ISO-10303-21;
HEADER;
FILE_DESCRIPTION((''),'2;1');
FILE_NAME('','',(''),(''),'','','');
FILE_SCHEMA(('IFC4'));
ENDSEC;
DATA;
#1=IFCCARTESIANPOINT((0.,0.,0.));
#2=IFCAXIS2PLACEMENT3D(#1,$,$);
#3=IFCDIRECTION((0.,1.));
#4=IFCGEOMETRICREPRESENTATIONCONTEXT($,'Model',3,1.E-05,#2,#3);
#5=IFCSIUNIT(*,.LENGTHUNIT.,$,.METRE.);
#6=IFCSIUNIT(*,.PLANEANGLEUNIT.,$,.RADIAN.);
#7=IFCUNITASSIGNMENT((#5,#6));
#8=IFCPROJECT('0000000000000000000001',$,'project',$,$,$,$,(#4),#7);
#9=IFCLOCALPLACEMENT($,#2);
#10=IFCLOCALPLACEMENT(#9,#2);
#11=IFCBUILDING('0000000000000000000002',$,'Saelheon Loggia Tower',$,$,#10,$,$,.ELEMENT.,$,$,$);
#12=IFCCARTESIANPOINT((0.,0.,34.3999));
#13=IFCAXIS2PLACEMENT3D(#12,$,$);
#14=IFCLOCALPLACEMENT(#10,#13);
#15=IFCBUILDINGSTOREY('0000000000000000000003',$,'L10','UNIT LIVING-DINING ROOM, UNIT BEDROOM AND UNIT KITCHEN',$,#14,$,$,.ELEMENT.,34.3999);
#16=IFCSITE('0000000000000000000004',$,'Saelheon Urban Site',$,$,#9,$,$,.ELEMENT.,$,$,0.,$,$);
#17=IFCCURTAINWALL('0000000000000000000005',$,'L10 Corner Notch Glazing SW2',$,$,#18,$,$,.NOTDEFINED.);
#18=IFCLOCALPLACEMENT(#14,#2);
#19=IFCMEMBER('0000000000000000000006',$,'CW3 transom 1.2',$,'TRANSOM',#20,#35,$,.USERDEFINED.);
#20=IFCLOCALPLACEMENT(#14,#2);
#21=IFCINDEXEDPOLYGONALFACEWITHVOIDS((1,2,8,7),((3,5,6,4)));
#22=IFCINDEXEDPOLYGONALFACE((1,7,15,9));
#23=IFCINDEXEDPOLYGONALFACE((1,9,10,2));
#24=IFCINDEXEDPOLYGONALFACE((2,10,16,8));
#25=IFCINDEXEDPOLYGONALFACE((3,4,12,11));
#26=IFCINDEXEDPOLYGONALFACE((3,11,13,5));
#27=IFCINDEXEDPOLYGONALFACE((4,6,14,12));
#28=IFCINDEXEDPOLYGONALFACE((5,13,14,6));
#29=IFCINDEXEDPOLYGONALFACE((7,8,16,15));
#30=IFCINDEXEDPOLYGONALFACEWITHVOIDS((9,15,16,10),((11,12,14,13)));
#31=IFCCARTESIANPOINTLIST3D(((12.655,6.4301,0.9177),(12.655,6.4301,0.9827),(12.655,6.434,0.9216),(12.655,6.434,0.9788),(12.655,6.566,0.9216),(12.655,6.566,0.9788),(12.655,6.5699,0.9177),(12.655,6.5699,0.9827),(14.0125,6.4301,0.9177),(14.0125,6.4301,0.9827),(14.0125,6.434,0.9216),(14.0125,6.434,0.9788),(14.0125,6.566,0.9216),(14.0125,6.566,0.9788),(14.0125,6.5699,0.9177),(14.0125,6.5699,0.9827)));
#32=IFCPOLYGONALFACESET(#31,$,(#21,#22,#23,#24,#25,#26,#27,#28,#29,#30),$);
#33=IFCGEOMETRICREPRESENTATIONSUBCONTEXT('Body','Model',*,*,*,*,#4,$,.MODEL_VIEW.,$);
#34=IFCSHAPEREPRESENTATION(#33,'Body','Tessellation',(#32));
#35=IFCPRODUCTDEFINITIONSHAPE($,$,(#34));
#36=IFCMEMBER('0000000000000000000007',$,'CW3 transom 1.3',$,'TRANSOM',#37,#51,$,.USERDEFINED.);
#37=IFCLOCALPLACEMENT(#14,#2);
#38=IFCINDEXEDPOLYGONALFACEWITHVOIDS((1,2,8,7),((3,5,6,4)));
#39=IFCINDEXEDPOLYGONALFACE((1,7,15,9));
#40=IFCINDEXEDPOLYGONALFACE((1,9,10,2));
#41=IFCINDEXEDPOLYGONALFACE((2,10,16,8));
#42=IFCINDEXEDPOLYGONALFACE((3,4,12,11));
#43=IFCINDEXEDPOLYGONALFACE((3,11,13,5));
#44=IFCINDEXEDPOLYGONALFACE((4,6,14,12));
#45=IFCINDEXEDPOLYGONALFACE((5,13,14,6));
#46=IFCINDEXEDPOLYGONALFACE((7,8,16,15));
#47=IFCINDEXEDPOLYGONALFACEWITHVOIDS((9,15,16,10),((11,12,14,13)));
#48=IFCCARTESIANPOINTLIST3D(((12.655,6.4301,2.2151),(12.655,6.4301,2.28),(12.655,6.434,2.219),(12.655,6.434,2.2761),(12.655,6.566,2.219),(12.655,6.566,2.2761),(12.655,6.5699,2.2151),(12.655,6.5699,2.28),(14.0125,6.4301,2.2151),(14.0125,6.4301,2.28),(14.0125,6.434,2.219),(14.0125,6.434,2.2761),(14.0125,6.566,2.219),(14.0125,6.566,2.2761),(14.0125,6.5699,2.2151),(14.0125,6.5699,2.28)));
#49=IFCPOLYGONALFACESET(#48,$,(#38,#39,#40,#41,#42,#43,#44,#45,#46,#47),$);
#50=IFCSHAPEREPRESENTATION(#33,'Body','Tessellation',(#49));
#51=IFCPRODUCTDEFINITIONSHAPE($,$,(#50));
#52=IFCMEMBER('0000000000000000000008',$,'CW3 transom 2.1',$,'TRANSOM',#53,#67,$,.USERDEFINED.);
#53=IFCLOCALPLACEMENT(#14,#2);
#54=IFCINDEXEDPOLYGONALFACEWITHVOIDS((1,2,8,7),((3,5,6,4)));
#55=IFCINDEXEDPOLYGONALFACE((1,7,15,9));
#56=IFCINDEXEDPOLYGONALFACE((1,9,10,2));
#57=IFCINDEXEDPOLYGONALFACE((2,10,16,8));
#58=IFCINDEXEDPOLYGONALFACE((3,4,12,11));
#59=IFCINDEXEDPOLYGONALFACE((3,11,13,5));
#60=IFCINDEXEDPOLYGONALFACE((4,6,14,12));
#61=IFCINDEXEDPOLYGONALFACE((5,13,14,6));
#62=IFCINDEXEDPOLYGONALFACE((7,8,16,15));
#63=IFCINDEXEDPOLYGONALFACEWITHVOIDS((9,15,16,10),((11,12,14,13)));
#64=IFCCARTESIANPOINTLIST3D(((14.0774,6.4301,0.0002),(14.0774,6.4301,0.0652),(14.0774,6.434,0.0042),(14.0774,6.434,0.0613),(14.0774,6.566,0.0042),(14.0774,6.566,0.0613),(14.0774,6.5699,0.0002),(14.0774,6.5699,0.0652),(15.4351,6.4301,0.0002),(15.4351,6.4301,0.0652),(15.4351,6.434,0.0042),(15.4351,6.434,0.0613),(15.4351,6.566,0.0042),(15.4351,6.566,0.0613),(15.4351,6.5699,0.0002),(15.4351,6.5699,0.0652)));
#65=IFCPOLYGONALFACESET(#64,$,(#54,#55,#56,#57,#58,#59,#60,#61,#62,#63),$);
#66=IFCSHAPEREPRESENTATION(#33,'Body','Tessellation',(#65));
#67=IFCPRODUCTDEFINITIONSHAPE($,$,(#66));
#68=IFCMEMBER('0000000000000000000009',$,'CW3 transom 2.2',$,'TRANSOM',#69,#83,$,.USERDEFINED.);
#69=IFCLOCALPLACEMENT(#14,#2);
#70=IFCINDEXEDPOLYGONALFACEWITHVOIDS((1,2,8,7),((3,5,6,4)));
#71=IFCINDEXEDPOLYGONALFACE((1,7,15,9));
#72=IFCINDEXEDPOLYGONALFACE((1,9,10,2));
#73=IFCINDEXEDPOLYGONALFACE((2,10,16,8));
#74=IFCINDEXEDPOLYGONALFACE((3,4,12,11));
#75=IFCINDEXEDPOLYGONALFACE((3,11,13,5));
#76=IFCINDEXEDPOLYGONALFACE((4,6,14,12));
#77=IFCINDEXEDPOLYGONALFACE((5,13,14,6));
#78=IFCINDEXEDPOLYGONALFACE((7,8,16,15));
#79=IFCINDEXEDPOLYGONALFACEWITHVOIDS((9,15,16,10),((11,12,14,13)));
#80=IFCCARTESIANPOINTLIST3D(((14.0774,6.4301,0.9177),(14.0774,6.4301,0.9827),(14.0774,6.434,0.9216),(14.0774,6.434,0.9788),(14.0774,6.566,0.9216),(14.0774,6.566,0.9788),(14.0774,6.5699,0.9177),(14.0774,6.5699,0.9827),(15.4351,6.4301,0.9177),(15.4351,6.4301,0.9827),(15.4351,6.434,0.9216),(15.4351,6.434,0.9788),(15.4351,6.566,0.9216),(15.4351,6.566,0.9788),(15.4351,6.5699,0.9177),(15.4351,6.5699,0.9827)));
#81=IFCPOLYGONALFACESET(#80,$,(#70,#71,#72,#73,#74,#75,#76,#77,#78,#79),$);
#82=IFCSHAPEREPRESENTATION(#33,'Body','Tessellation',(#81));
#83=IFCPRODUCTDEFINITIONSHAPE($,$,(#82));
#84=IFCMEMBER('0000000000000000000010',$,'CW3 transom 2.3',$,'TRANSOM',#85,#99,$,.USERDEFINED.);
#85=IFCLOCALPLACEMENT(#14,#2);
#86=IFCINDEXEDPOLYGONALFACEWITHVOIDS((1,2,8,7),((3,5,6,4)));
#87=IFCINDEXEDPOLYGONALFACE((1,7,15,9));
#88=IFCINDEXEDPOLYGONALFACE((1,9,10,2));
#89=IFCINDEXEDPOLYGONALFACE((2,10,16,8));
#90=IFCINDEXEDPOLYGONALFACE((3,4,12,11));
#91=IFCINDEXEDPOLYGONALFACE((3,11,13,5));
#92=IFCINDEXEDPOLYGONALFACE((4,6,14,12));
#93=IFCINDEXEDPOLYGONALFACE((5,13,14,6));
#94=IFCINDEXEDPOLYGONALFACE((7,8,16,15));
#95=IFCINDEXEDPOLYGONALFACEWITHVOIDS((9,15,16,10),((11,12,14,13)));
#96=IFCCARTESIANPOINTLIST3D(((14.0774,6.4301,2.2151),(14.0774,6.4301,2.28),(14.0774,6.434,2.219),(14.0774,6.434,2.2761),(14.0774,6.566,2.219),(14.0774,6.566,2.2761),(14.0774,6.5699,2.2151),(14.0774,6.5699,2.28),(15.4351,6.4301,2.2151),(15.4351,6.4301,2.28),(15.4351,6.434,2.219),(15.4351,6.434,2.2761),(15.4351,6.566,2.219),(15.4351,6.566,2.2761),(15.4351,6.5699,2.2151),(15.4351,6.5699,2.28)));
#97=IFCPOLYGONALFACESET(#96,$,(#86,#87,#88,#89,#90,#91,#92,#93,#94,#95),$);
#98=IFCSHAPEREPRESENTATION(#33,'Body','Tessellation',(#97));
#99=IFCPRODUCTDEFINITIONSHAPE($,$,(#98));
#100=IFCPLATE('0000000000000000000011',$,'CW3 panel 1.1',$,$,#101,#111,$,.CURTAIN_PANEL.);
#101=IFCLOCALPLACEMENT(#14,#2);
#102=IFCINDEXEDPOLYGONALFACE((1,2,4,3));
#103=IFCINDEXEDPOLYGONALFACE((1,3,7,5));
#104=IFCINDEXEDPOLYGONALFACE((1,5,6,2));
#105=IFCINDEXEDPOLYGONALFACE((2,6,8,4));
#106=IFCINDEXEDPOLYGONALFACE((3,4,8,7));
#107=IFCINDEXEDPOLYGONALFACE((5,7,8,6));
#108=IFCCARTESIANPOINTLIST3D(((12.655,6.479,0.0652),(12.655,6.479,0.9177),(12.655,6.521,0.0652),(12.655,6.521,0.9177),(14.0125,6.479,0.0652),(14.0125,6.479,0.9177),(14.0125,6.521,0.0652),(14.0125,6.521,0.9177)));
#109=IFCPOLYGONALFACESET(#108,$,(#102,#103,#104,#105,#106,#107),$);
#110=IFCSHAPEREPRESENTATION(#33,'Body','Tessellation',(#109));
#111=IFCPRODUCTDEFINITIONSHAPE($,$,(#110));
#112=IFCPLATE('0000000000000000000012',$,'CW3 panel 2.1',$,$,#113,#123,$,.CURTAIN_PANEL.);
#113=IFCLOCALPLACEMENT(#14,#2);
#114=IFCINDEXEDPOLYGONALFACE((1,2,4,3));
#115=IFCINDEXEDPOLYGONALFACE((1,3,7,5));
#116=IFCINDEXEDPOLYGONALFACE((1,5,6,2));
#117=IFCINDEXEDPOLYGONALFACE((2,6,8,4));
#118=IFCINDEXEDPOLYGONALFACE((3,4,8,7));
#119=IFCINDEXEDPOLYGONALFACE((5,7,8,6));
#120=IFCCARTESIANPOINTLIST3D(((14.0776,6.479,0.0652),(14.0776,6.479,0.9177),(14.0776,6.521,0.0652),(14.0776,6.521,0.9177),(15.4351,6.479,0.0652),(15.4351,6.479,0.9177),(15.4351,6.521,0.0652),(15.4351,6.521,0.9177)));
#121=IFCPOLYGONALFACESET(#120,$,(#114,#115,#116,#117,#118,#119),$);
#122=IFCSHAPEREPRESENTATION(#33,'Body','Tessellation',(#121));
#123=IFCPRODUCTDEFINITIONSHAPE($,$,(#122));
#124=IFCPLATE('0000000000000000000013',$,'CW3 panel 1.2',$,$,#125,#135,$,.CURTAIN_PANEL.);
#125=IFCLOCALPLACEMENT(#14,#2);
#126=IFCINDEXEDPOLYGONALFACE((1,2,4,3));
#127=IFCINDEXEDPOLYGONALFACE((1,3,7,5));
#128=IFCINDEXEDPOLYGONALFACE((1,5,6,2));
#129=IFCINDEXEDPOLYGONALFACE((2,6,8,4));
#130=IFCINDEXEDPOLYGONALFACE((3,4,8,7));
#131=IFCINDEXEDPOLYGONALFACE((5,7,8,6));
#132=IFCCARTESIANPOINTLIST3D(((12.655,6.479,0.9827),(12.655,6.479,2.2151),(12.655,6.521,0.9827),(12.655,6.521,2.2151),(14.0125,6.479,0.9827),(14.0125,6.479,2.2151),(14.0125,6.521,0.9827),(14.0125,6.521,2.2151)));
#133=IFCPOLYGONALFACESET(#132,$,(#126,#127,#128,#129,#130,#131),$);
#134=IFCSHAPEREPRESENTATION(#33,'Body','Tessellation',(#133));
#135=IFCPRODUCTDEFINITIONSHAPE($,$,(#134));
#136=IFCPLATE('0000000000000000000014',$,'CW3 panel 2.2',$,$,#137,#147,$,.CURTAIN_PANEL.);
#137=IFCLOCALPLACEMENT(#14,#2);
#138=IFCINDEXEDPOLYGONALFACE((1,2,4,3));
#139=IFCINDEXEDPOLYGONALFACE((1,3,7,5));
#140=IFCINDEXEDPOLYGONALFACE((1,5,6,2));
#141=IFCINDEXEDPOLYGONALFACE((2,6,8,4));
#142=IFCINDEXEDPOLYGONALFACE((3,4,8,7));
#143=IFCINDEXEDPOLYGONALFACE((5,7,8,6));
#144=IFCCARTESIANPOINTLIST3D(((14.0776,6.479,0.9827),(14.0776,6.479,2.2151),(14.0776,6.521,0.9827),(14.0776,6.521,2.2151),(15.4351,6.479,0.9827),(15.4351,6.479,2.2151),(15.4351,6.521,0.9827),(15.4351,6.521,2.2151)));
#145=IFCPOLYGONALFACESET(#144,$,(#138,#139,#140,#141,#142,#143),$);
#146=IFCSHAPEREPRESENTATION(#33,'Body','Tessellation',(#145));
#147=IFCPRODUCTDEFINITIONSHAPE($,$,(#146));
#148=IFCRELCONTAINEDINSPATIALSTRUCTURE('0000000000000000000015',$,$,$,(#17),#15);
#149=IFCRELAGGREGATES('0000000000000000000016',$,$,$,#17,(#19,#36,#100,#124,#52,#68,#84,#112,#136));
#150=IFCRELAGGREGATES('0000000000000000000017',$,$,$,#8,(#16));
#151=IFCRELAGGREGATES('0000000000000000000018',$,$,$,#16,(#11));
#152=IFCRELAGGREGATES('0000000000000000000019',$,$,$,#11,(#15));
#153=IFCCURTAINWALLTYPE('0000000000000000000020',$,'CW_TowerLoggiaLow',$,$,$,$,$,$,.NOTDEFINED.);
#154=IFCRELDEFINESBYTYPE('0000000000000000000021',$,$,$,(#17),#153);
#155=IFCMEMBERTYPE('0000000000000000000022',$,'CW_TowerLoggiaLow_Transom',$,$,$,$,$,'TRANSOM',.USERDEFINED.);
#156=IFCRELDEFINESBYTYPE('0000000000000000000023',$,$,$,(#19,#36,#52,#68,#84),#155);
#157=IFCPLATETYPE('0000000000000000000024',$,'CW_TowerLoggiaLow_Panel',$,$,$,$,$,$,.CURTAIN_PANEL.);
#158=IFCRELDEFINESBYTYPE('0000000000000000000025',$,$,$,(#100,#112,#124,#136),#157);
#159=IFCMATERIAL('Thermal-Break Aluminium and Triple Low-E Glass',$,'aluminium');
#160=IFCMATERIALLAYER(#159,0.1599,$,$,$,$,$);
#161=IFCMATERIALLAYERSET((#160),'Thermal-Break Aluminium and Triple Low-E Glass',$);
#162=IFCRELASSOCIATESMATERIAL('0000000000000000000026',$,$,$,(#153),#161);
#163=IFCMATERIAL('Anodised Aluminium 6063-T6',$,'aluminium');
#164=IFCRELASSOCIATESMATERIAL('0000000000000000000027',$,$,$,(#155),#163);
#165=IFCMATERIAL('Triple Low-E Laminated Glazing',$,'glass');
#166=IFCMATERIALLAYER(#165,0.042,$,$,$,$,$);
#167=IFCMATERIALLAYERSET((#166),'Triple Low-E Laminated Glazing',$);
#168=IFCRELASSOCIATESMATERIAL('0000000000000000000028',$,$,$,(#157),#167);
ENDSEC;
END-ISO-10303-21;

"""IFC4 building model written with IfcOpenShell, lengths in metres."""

from ifc_helpers import new_model, si_unit, direction, frame, origin, origin_2d, place, context, subcontext, project, spatial, rectangle, hollow_rectangle, extrude, source, transform, mapped, material, layer, layer_set, material_profile, profile_set, type_object, element, aggregate, save


model = new_model("IFC4")

# Units and contexts
model_context = context("Model", 3, precision=1e-05, world=origin(), true_north=direction((0.0, 1.0)))
body_context = subcontext(model_context, "Body", "Model", "MODEL_VIEW")
ifc_project = project(units=[si_unit("LENGTHUNIT", "METRE"), si_unit("PLANEANGLEUNIT", "RADIAN")], contexts=[model_context])

# Site, building, storey
site_placement = place(None, origin())
site = spatial("IfcSite", under=ifc_project, at=site_placement, Name="Saelheon Urban Site", CompositionType="ELEMENT", RefElevation=0.0)
building_placement = place(site_placement, origin())
building = spatial("IfcBuilding", under=site, at=building_placement, Name="Saelheon Loggia Tower", CompositionType="ELEMENT")
storey_placement = place(building_placement, frame((0.0, 0.0, 34.3999)))
storey = spatial("IfcBuildingStorey", under=building, at=storey_placement, Name="L10", Description="UNIT LIVING-DINING ROOM, UNIT BEDROOM AND UNIT KITCHEN", CompositionType="ELEMENT", Elevation=34.3999)

# Curtain wall, members, plates
ifc_material_1 = material(Name="Thermal-Break Aluminium and Triple Low-E Glass", Category="aluminium")
ifc_layer_1 = layer(ifc_material_1, 0.1599)
ifc_layer_set_1 = layer_set([ifc_layer_1], Name="Thermal-Break Aluminium and Triple Low-E Glass")
curtain_wall_type = type_object("IfcCurtainWallType", Name="CW_TowerLoggiaLow", PredefinedType="NOTDEFINED", material=ifc_layer_set_1)
curtain_wall_placement = place(storey_placement, origin())
curtain_wall = element("IfcCurtainWall", 1, at=curtain_wall_placement, inside=storey, type_object=curtain_wall_type, Name="L10 Corner Notch Glazing SW2", PredefinedType="NOTDEFINED")
ifc_material_2 = material(Name="Anodised Aluminium 6063-T6", Category="aluminium")
ifc_material_profile_1 = material_profile(ifc_material_2, hollow_rectangle(XDim=0.0649, YDim=0.1399, WallThickness=0.0039, at=origin_2d()), Name="RHS-140x65x4")
ifc_profile_set_1 = profile_set([ifc_material_profile_1], Name="Anodised Aluminium 6063-T6")
member_type_1 = type_object("IfcMemberType", Name="CW_TowerLoggiaLow_Transom", ElementType="TRANSOM", PredefinedType="USERDEFINED", material=ifc_profile_set_1)
shared_shape_1 = source(origin(), body_context, "Body", "SweptSolid", [
    extrude(hollow_rectangle(XDim=0.0649, YDim=0.1399, WallThickness=0.0039, at=origin_2d()), origin(), (0.0, 0.0, 1.0), 1.3574),
])
member_1_placement = place(storey_placement, frame((12.655, 6.5, 0.9502), z_axis=(1.0, 0.0, 0.0), x_axis=(0.0, 0.0, 1.0)))
member_1 = element("IfcMember", 2, at=member_1_placement, type_object=member_type_1, Name="CW3 transom 1.2", ObjectType="TRANSOM", PredefinedType="USERDEFINED", context=body_context, shape_type="MappedRepresentation", body=[
    mapped(shared_shape_1, transform((0.0, 0.0, 0.0), scale=1.0)),
])
member_2_placement = place(storey_placement, frame((12.655, 6.5, 2.2476), z_axis=(1.0, 0.0, 0.0), x_axis=(0.0, 0.0, 1.0)))
member_2 = element("IfcMember", 3, at=member_2_placement, type_object=member_type_1, Name="CW3 transom 1.3", ObjectType="TRANSOM", PredefinedType="USERDEFINED", context=body_context, shape_type="MappedRepresentation", body=[
    mapped(shared_shape_1, transform((0.0, 0.0, 0.0), scale=1.0)),
])
shared_shape_2 = source(origin(), body_context, "Body", "SweptSolid", [
    extrude(hollow_rectangle(XDim=0.0649, YDim=0.1399, WallThickness=0.0039, at=origin_2d()), origin(), (0.0, 0.0, 1.0), 1.3577),
])
member_3_placement = place(storey_placement, frame((14.0774, 6.5, 0.0327), z_axis=(1.0, 0.0, 0.0), x_axis=(0.0, 0.0, 1.0)))
member_3 = element("IfcMember", 4, at=member_3_placement, type_object=member_type_1, Name="CW3 transom 2.1", ObjectType="TRANSOM", PredefinedType="USERDEFINED", context=body_context, shape_type="MappedRepresentation", body=[
    mapped(shared_shape_2, transform((0.0, 0.0, 0.0), scale=1.0)),
])
member_4_placement = place(storey_placement, frame((14.0774, 6.5, 0.9502), z_axis=(1.0, 0.0, 0.0), x_axis=(0.0, 0.0, 1.0)))
member_4 = element("IfcMember", 5, at=member_4_placement, type_object=member_type_1, Name="CW3 transom 2.2", ObjectType="TRANSOM", PredefinedType="USERDEFINED", context=body_context, shape_type="MappedRepresentation", body=[
    mapped(shared_shape_2, transform((0.0, 0.0, 0.0), scale=1.0)),
])
member_5_placement = place(storey_placement, frame((14.0774, 6.5, 2.2476), z_axis=(1.0, 0.0, 0.0), x_axis=(0.0, 0.0, 1.0)))
member_5 = element("IfcMember", 6, at=member_5_placement, type_object=member_type_1, Name="CW3 transom 2.3", ObjectType="TRANSOM", PredefinedType="USERDEFINED", context=body_context, shape_type="MappedRepresentation", body=[
    mapped(shared_shape_2, transform((0.0, 0.0, 0.0), scale=1.0)),
])
ifc_material_3 = material(Name="Triple Low-E Laminated Glazing", Category="glass")
ifc_layer_2 = layer(ifc_material_3, 0.042)
ifc_layer_set_2 = layer_set([ifc_layer_2], Name="Triple Low-E Laminated Glazing")
plate_type = type_object("IfcPlateType", Name="CW_TowerLoggiaLow_Panel", PredefinedType="CURTAIN_PANEL", material=ifc_layer_set_2)
shared_shape_3 = source(origin(), body_context, "Body", "SweptSolid", [
    extrude(rectangle(XDim=1.3574, YDim=0.042, at=origin_2d()), origin(), (0.0, 0.0, 1.0), 0.8525),
])
plate_1_placement = place(storey_placement, frame((13.3337, 6.5, 0.0652), z_axis=(0.0, 0.0, 1.0), x_axis=(1.0, 0.0, 0.0)))
plate_1 = element("IfcPlate", 7, at=plate_1_placement, type_object=plate_type, Name="CW3 panel 1.1", PredefinedType="CURTAIN_PANEL", context=body_context, shape_type="MappedRepresentation", body=[
    mapped(shared_shape_3, transform((0.0, 0.0, 0.0), scale=1.0)),
])
plate_2_placement = place(storey_placement, frame((14.7563, 6.5, 0.0652), z_axis=(0.0, 0.0, 1.0), x_axis=(1.0, 0.0, 0.0)))
plate_2 = element("IfcPlate", 8, at=plate_2_placement, type_object=plate_type, Name="CW3 panel 2.1", PredefinedType="CURTAIN_PANEL", context=body_context, shape_type="MappedRepresentation", body=[
    mapped(shared_shape_3, transform((0.0, 0.0, 0.0), scale=1.0)),
])
shared_shape_4 = source(origin(), body_context, "Body", "SweptSolid", [
    extrude(rectangle(XDim=1.3574, YDim=0.042, at=origin_2d()), origin(), (0.0, 0.0, 1.0), 1.2324),
])
plate_3_placement = place(storey_placement, frame((13.3337, 6.5, 0.9827), z_axis=(0.0, 0.0, 1.0), x_axis=(1.0, 0.0, 0.0)))
plate_3 = element("IfcPlate", 9, at=plate_3_placement, type_object=plate_type, Name="CW3 panel 1.2", PredefinedType="CURTAIN_PANEL", context=body_context, shape_type="MappedRepresentation", body=[
    mapped(shared_shape_4, transform((0.0, 0.0, 0.0), scale=1.0)),
])
plate_4_placement = place(storey_placement, frame((14.7563, 6.5, 0.9827), z_axis=(0.0, 0.0, 1.0), x_axis=(1.0, 0.0, 0.0)))
plate_4 = element("IfcPlate", 10, at=plate_4_placement, type_object=plate_type, Name="CW3 panel 2.2", PredefinedType="CURTAIN_PANEL", context=body_context, shape_type="MappedRepresentation", body=[
    mapped(shared_shape_4, transform((0.0, 0.0, 0.0), scale=1.0)),
])
aggregate(curtain_wall, [member_1, member_2, plate_1, plate_3, member_3, member_4, member_5, plate_2, plate_4])

save(model, "model.ifc")
